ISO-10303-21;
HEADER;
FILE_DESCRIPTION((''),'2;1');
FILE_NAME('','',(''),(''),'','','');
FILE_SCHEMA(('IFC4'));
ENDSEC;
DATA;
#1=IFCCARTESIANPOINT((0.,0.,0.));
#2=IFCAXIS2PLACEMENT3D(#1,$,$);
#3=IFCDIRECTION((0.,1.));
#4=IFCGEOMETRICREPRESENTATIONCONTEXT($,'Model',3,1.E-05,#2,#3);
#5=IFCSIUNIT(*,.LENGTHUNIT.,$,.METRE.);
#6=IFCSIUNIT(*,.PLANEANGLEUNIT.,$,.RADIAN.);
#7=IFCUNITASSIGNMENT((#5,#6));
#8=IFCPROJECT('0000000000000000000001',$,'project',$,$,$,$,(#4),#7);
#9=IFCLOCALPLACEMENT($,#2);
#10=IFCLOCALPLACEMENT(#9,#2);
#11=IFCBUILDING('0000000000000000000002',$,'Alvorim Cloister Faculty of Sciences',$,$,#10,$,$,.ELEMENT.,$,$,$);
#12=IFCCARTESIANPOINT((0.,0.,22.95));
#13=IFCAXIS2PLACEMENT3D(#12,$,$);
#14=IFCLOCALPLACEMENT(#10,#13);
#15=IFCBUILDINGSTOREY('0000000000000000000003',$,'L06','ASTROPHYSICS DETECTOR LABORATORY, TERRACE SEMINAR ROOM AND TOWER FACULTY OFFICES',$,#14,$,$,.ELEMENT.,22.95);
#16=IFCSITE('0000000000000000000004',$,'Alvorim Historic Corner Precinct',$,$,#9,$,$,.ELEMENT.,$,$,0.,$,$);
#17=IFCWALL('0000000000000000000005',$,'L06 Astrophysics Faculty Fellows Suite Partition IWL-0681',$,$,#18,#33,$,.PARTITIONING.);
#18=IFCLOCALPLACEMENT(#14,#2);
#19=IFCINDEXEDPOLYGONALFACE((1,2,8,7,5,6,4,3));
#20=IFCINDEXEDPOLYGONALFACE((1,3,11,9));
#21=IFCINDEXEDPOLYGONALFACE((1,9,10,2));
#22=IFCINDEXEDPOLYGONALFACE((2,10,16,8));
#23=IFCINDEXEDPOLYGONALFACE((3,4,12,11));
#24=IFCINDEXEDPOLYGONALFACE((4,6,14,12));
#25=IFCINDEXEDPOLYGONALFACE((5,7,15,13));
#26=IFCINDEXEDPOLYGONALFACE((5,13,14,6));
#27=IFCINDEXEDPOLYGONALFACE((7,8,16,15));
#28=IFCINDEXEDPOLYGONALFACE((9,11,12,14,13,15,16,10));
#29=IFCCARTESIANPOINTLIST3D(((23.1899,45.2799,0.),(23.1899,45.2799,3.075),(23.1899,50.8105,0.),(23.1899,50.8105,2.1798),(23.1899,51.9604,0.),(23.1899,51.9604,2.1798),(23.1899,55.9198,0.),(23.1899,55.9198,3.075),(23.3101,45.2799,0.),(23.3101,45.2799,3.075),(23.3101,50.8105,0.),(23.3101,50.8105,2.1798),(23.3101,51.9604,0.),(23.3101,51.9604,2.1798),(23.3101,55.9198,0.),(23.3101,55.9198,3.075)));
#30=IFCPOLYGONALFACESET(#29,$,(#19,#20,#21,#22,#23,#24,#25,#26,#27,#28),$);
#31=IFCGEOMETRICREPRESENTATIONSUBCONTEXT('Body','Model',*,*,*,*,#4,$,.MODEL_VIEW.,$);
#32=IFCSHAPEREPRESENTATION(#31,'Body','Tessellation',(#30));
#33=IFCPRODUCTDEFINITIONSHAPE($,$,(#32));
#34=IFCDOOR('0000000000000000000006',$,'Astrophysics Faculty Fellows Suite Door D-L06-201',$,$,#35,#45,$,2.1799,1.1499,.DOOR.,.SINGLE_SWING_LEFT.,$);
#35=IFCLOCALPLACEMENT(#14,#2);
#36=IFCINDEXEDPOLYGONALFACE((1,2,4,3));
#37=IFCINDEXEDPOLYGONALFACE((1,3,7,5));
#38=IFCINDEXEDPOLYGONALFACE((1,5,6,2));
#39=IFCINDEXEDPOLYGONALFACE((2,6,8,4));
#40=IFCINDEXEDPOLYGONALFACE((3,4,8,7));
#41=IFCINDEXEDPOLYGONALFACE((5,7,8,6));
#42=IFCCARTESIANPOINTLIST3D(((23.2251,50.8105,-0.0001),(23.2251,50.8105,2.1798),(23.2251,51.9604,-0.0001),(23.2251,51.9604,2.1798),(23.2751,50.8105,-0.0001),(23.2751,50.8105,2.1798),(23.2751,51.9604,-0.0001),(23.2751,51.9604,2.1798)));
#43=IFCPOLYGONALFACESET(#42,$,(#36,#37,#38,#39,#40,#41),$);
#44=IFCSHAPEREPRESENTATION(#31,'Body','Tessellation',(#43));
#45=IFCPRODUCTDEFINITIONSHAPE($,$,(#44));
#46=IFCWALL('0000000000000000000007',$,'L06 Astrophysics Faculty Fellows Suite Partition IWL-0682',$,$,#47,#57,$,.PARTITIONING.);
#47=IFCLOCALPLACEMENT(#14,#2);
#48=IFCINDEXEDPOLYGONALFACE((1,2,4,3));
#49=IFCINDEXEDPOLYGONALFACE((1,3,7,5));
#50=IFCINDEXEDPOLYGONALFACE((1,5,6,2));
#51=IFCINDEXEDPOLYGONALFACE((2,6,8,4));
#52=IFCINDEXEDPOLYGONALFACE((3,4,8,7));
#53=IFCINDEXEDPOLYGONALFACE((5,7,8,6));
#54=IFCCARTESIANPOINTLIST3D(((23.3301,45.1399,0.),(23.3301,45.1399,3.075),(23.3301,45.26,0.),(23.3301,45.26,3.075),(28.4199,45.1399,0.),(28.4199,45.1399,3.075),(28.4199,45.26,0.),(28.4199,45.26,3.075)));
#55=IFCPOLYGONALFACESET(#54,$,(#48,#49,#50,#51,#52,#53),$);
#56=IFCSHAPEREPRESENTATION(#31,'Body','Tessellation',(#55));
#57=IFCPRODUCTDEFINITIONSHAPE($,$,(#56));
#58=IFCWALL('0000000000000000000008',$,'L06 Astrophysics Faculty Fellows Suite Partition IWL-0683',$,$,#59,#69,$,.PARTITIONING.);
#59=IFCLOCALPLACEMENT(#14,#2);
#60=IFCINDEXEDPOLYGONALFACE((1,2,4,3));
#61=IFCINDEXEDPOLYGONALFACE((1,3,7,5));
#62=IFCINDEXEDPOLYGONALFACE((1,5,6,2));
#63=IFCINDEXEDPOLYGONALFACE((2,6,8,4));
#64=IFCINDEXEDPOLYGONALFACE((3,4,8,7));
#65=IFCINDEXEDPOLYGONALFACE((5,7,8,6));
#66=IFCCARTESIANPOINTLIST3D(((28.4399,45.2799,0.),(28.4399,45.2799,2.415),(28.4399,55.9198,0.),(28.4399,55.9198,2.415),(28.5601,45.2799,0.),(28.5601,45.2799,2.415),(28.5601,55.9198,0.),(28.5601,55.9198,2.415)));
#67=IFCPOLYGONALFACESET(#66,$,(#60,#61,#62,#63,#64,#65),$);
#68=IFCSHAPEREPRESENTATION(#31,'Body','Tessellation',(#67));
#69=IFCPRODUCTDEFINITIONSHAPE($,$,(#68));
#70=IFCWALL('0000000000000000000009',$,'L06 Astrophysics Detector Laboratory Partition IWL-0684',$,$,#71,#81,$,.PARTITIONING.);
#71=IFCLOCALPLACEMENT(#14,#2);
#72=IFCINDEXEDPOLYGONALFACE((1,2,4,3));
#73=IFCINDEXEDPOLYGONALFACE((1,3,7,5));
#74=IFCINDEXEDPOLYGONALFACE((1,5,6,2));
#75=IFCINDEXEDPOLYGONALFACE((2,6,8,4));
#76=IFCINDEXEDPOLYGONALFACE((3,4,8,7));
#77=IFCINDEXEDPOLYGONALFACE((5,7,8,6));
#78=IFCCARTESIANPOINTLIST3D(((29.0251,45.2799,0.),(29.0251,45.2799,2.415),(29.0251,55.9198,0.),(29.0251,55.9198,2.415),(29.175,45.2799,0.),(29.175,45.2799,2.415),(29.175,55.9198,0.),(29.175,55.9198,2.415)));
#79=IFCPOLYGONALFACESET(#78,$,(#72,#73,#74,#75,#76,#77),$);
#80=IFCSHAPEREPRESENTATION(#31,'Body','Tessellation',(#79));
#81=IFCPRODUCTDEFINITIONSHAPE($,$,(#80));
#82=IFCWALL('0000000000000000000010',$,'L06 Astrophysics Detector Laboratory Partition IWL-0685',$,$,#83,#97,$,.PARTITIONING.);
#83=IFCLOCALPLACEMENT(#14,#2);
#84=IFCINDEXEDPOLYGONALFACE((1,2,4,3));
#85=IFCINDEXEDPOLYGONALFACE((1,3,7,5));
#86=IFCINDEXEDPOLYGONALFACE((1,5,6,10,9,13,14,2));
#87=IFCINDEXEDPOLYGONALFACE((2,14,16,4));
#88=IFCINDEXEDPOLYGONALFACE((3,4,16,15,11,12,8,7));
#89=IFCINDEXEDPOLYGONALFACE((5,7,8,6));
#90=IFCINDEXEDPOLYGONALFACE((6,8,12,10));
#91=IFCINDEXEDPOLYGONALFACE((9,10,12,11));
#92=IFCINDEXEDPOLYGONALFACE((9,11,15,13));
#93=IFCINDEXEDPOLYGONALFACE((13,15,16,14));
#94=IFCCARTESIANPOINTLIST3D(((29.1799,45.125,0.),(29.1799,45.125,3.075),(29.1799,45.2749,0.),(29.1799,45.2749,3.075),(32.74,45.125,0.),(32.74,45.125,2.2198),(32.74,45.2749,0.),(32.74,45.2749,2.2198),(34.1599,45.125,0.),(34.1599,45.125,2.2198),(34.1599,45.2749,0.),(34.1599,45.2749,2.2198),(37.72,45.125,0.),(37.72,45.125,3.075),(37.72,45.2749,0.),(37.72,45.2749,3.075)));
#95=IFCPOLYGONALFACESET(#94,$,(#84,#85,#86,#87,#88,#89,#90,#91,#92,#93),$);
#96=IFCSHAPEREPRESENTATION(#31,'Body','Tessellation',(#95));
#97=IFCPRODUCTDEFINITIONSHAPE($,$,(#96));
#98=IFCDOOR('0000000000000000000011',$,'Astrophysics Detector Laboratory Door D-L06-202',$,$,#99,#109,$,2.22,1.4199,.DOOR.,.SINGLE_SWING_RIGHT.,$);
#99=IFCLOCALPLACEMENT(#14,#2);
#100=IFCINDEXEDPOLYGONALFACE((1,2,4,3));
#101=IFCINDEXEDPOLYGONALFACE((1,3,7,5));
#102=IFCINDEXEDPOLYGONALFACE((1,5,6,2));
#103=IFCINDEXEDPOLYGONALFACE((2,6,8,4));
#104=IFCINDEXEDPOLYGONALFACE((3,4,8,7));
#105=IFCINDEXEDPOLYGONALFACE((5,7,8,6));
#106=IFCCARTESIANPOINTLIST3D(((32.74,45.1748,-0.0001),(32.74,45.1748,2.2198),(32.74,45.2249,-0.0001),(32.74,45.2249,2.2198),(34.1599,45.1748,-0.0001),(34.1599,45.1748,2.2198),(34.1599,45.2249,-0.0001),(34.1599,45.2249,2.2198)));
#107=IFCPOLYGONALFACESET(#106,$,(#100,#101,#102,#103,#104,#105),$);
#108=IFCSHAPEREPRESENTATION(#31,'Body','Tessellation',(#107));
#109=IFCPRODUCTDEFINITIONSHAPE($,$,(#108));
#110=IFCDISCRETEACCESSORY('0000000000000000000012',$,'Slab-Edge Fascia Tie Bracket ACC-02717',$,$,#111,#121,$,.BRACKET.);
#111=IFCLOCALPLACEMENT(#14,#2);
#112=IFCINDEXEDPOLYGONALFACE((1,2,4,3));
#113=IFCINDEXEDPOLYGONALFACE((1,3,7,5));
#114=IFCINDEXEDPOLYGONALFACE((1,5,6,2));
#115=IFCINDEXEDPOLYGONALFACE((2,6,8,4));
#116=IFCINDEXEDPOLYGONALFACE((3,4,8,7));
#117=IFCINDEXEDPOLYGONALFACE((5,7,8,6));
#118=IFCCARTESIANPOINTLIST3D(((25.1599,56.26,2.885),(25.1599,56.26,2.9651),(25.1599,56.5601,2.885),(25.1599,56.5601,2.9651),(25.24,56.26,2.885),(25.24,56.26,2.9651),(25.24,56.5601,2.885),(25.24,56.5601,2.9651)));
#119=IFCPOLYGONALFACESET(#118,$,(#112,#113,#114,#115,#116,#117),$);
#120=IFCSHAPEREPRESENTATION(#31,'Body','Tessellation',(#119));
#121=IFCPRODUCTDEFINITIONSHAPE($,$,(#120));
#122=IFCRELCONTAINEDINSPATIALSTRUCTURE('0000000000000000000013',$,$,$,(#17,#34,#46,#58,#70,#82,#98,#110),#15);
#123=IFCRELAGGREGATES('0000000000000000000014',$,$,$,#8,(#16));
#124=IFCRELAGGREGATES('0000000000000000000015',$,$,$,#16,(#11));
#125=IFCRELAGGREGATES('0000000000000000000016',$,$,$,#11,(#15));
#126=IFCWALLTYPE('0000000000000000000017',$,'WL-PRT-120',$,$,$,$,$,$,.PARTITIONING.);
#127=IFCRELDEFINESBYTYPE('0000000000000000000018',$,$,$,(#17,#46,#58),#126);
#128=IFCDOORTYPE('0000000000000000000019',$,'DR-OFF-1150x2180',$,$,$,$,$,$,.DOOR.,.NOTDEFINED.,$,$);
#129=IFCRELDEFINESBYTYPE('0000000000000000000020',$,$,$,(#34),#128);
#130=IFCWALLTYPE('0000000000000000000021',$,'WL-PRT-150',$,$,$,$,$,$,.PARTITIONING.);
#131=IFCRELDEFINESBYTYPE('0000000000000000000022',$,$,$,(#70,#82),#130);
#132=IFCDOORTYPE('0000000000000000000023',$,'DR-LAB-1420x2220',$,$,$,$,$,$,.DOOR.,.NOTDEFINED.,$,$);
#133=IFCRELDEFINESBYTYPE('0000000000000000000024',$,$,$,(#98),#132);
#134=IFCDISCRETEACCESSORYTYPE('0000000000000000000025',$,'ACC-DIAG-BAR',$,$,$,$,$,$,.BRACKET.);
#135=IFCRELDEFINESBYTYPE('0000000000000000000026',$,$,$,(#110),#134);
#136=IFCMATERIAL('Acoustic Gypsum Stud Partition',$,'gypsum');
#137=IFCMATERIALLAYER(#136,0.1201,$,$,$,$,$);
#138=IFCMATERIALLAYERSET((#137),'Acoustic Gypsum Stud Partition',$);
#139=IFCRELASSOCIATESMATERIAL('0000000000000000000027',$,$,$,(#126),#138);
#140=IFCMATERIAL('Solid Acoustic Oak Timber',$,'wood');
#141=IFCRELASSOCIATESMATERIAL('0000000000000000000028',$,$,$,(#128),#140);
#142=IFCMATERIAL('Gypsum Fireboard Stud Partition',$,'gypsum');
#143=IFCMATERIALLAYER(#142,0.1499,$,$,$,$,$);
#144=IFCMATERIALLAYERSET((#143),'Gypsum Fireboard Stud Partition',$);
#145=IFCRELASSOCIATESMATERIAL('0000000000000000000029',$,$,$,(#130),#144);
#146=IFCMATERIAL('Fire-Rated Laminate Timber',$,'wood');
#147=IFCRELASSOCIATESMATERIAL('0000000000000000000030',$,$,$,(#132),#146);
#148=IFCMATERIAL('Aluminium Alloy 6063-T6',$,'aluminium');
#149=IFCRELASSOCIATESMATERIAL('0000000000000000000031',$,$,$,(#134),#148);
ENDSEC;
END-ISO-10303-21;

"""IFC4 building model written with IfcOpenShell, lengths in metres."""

from ifc_helpers import new_model, si_unit, direction, frame, frame_2d, origin, origin_2d, place, context, subcontext, project, spatial, rectangle, extrude, material, layer, layer_set, type_object, element, fill, save


model = new_model("IFC4")

# Units and contexts
model_context = context("Model", 3, precision=1e-05, world=origin(), true_north=direction((0.0, 1.0)))
body_context = subcontext(model_context, "Body", "Model", "MODEL_VIEW")
ifc_project = project(units=[si_unit("LENGTHUNIT", "METRE"), si_unit("PLANEANGLEUNIT", "RADIAN")], contexts=[model_context])

# Site, building, storey
site_placement = place(None, origin())
site = spatial("IfcSite", under=ifc_project, at=site_placement, Name="Alvorim Historic Corner Precinct", CompositionType="ELEMENT", RefElevation=0.0)
building_placement = place(site_placement, origin())
building = spatial("IfcBuilding", under=site, at=building_placement, Name="Alvorim Cloister Faculty of Sciences", CompositionType="ELEMENT")
storey_placement = place(building_placement, frame((0.0, 0.0, 22.95)))
storey = spatial("IfcBuildingStorey", under=building, at=storey_placement, Name="L06", Description="ASTROPHYSICS DETECTOR LABORATORY, TERRACE SEMINAR ROOM AND TOWER FACULTY OFFICES", CompositionType="ELEMENT", Elevation=22.95)

# Shared definitions
ifc_material_1 = material(Name="Aluminium Alloy 6063-T6", Category="aluminium")

# Wall, opening, door
ifc_material_2 = material(Name="Acoustic Gypsum Stud Partition", Category="gypsum")
ifc_layer_1 = layer(ifc_material_2, 0.1201)
ifc_layer_set_1 = layer_set([ifc_layer_1], Name="Acoustic Gypsum Stud Partition")
wall_type_1 = type_object("IfcWallType", Name="WL-PRT-120", PredefinedType="PARTITIONING", material=ifc_layer_set_1)
wall_1_placement = place(storey_placement, frame((23.25, 45.28, 0.0), z_axis=(0.0, 0.0, 1.0), x_axis=(0.0, 1.0, 0.0)))
wall_1 = element("IfcWall", 1, at=wall_1_placement, inside=storey, type_object=wall_type_1, Name="L06 Astrophysics Faculty Fellows Suite Partition IWL-0681", PredefinedType="PARTITIONING", context=body_context, shape_type="SweptSolid", body=[
    extrude(rectangle(XDim=10.6399, YDim=0.1201, at=frame_2d((5.3198, 0.0))), origin(), (0.0, 0.0, 1.0), 3.075),
])
opening_1_placement = place(wall_1_placement, frame((5.5305, 0.0, 0.0)))
opening_1 = element("IfcOpeningElement", 2, at=opening_1_placement, cuts=wall_1, PredefinedType="OPENING", context=body_context, shape_type="SweptSolid", body=[
    extrude(rectangle(XDim=1.1499, YDim=2.1799, at=frame_2d((0.575, 1.0898))), frame((0.0, 0.072, 0.0), z_axis=(0.0, -1.0, 0.0), x_axis=(1.0, 0.0, 0.0)), (0.0, 0.0, 1.0), 0.144),
])
ifc_material_3 = material(Name="Solid Acoustic Oak Timber", Category="wood")
door_type_1 = type_object("IfcDoorType", Name="DR-OFF-1150x2180", OperationType="NOTDEFINED", PredefinedType="DOOR", material=ifc_material_3)
door_1_placement = place(opening_1_placement, origin())
door_1 = element("IfcDoor", 3, at=door_1_placement, inside=storey, type_object=door_type_1, Name="Astrophysics Faculty Fellows Suite Door D-L06-201", OperationType="SINGLE_SWING_LEFT", OverallHeight=2.1799, OverallWidth=1.1499, PredefinedType="DOOR", context=body_context, shape_type="SweptSolid", body=[
    extrude(rectangle(XDim=1.1499, YDim=2.1799, at=frame_2d((0.575, 1.0898))), frame((0.0, 0.0249, 0.0), z_axis=(0.0, -1.0, 0.0), x_axis=(1.0, 0.0, 0.0)), (0.0, 0.0, 1.0), 0.05),
])
fill(opening_1, door_1)

# Walls
wall_2_placement = place(storey_placement, frame((23.3301, 45.2, 0.0), z_axis=(0.0, 0.0, 1.0), x_axis=(1.0, 0.0, 0.0)))
element("IfcWall", 4, at=wall_2_placement, inside=storey, type_object=wall_type_1, Name="L06 Astrophysics Faculty Fellows Suite Partition IWL-0682", PredefinedType="PARTITIONING", context=body_context, shape_type="SweptSolid", body=[
    extrude(rectangle(XDim=5.0898, YDim=0.1201, at=frame_2d((2.5449, 0.0))), origin(), (0.0, 0.0, 1.0), 3.075),
])
wall_3_placement = place(storey_placement, frame((28.5, 45.28, 0.0), z_axis=(0.0, 0.0, 1.0), x_axis=(0.0, 1.0, 0.0)))
element("IfcWall", 5, at=wall_3_placement, inside=storey, type_object=wall_type_1, Name="L06 Astrophysics Faculty Fellows Suite Partition IWL-0683", PredefinedType="PARTITIONING", context=body_context, shape_type="SweptSolid", body=[
    extrude(rectangle(XDim=10.6399, YDim=0.1201, at=frame_2d((5.3198, 0.0))), origin(), (0.0, 0.0, 1.0), 2.415),
])
ifc_material_4 = material(Name="Gypsum Fireboard Stud Partition", Category="gypsum")
ifc_layer_2 = layer(ifc_material_4, 0.1499)
ifc_layer_set_2 = layer_set([ifc_layer_2], Name="Gypsum Fireboard Stud Partition")
wall_type_2 = type_object("IfcWallType", Name="WL-PRT-150", PredefinedType="PARTITIONING", material=ifc_layer_set_2)
wall_4_placement = place(storey_placement, frame((29.1001, 45.28, 0.0), z_axis=(0.0, 0.0, 1.0), x_axis=(0.0, 1.0, 0.0)))
element("IfcWall", 6, at=wall_4_placement, inside=storey, type_object=wall_type_2, Name="L06 Astrophysics Detector Laboratory Partition IWL-0684", PredefinedType="PARTITIONING", context=body_context, shape_type="SweptSolid", body=[
    extrude(rectangle(XDim=10.6399, YDim=0.1499, at=frame_2d((5.3198, 0.0))), origin(), (0.0, 0.0, 1.0), 2.415),
])

# Wall, opening, door
wall_5_placement = place(storey_placement, frame((29.1799, 45.2, 0.0), z_axis=(0.0, 0.0, 1.0), x_axis=(1.0, 0.0, 0.0)))
wall_5 = element("IfcWall", 7, at=wall_5_placement, inside=storey, type_object=wall_type_2, Name="L06 Astrophysics Detector Laboratory Partition IWL-0685", PredefinedType="PARTITIONING", context=body_context, shape_type="SweptSolid", body=[
    extrude(rectangle(XDim=8.54, YDim=0.1499, at=frame_2d((4.27, 0.0))), origin(), (0.0, 0.0, 1.0), 3.075),
])
opening_2_placement = place(wall_5_placement, frame((3.5601, 0.0, 0.0)))
opening_2 = element("IfcOpeningElement", 8, at=opening_2_placement, cuts=wall_5, PredefinedType="OPENING", context=body_context, shape_type="SweptSolid", body=[
    extrude(rectangle(XDim=1.4199, YDim=2.22, at=frame_2d((0.71, 1.1099))), frame((0.0, 0.0869, 0.0), z_axis=(0.0, -1.0, 0.0), x_axis=(1.0, 0.0, 0.0)), (0.0, 0.0, 1.0), 0.1738),
])
ifc_material_5 = material(Name="Fire-Rated Laminate Timber", Category="wood")
door_type_2 = type_object("IfcDoorType", Name="DR-LAB-1420x2220", OperationType="NOTDEFINED", PredefinedType="DOOR", material=ifc_material_5)
door_2_placement = place(opening_2_placement, origin())
door_2 = element("IfcDoor", 9, at=door_2_placement, inside=storey, type_object=door_type_2, Name="Astrophysics Detector Laboratory Door D-L06-202", OperationType="SINGLE_SWING_RIGHT", OverallHeight=2.22, OverallWidth=1.4199, PredefinedType="DOOR", context=body_context, shape_type="SweptSolid", body=[
    extrude(rectangle(XDim=1.4199, YDim=2.22, at=frame_2d((0.71, 1.1099))), frame((0.0, 0.0249, 0.0), z_axis=(0.0, -1.0, 0.0), x_axis=(1.0, 0.0, 0.0)), (0.0, 0.0, 1.0), 0.05),
])
fill(opening_2, door_2)

# Discrete accessory
discrete_accessory_type = type_object("IfcDiscreteAccessoryType", Name="ACC-DIAG-BAR", PredefinedType="BRACKET", material=ifc_material_1)
discrete_accessory_placement = place(storey_placement, frame((25.2, 56.26, 2.925), z_axis=(0.0, 1.0, 0.0), x_axis=(-1.0, 0.0, 0.0)))
element("IfcDiscreteAccessory", 10, at=discrete_accessory_placement, inside=storey, type_object=discrete_accessory_type, Name="Slab-Edge Fascia Tie Bracket ACC-02717", PredefinedType="BRACKET", context=body_context, shape_type="SweptSolid", body=[
    extrude(rectangle(XDim=0.0801, YDim=0.0801, at=origin_2d()), origin(), (0.0, 0.0, 1.0), 0.3),
])

save(model, "model.ifc")
